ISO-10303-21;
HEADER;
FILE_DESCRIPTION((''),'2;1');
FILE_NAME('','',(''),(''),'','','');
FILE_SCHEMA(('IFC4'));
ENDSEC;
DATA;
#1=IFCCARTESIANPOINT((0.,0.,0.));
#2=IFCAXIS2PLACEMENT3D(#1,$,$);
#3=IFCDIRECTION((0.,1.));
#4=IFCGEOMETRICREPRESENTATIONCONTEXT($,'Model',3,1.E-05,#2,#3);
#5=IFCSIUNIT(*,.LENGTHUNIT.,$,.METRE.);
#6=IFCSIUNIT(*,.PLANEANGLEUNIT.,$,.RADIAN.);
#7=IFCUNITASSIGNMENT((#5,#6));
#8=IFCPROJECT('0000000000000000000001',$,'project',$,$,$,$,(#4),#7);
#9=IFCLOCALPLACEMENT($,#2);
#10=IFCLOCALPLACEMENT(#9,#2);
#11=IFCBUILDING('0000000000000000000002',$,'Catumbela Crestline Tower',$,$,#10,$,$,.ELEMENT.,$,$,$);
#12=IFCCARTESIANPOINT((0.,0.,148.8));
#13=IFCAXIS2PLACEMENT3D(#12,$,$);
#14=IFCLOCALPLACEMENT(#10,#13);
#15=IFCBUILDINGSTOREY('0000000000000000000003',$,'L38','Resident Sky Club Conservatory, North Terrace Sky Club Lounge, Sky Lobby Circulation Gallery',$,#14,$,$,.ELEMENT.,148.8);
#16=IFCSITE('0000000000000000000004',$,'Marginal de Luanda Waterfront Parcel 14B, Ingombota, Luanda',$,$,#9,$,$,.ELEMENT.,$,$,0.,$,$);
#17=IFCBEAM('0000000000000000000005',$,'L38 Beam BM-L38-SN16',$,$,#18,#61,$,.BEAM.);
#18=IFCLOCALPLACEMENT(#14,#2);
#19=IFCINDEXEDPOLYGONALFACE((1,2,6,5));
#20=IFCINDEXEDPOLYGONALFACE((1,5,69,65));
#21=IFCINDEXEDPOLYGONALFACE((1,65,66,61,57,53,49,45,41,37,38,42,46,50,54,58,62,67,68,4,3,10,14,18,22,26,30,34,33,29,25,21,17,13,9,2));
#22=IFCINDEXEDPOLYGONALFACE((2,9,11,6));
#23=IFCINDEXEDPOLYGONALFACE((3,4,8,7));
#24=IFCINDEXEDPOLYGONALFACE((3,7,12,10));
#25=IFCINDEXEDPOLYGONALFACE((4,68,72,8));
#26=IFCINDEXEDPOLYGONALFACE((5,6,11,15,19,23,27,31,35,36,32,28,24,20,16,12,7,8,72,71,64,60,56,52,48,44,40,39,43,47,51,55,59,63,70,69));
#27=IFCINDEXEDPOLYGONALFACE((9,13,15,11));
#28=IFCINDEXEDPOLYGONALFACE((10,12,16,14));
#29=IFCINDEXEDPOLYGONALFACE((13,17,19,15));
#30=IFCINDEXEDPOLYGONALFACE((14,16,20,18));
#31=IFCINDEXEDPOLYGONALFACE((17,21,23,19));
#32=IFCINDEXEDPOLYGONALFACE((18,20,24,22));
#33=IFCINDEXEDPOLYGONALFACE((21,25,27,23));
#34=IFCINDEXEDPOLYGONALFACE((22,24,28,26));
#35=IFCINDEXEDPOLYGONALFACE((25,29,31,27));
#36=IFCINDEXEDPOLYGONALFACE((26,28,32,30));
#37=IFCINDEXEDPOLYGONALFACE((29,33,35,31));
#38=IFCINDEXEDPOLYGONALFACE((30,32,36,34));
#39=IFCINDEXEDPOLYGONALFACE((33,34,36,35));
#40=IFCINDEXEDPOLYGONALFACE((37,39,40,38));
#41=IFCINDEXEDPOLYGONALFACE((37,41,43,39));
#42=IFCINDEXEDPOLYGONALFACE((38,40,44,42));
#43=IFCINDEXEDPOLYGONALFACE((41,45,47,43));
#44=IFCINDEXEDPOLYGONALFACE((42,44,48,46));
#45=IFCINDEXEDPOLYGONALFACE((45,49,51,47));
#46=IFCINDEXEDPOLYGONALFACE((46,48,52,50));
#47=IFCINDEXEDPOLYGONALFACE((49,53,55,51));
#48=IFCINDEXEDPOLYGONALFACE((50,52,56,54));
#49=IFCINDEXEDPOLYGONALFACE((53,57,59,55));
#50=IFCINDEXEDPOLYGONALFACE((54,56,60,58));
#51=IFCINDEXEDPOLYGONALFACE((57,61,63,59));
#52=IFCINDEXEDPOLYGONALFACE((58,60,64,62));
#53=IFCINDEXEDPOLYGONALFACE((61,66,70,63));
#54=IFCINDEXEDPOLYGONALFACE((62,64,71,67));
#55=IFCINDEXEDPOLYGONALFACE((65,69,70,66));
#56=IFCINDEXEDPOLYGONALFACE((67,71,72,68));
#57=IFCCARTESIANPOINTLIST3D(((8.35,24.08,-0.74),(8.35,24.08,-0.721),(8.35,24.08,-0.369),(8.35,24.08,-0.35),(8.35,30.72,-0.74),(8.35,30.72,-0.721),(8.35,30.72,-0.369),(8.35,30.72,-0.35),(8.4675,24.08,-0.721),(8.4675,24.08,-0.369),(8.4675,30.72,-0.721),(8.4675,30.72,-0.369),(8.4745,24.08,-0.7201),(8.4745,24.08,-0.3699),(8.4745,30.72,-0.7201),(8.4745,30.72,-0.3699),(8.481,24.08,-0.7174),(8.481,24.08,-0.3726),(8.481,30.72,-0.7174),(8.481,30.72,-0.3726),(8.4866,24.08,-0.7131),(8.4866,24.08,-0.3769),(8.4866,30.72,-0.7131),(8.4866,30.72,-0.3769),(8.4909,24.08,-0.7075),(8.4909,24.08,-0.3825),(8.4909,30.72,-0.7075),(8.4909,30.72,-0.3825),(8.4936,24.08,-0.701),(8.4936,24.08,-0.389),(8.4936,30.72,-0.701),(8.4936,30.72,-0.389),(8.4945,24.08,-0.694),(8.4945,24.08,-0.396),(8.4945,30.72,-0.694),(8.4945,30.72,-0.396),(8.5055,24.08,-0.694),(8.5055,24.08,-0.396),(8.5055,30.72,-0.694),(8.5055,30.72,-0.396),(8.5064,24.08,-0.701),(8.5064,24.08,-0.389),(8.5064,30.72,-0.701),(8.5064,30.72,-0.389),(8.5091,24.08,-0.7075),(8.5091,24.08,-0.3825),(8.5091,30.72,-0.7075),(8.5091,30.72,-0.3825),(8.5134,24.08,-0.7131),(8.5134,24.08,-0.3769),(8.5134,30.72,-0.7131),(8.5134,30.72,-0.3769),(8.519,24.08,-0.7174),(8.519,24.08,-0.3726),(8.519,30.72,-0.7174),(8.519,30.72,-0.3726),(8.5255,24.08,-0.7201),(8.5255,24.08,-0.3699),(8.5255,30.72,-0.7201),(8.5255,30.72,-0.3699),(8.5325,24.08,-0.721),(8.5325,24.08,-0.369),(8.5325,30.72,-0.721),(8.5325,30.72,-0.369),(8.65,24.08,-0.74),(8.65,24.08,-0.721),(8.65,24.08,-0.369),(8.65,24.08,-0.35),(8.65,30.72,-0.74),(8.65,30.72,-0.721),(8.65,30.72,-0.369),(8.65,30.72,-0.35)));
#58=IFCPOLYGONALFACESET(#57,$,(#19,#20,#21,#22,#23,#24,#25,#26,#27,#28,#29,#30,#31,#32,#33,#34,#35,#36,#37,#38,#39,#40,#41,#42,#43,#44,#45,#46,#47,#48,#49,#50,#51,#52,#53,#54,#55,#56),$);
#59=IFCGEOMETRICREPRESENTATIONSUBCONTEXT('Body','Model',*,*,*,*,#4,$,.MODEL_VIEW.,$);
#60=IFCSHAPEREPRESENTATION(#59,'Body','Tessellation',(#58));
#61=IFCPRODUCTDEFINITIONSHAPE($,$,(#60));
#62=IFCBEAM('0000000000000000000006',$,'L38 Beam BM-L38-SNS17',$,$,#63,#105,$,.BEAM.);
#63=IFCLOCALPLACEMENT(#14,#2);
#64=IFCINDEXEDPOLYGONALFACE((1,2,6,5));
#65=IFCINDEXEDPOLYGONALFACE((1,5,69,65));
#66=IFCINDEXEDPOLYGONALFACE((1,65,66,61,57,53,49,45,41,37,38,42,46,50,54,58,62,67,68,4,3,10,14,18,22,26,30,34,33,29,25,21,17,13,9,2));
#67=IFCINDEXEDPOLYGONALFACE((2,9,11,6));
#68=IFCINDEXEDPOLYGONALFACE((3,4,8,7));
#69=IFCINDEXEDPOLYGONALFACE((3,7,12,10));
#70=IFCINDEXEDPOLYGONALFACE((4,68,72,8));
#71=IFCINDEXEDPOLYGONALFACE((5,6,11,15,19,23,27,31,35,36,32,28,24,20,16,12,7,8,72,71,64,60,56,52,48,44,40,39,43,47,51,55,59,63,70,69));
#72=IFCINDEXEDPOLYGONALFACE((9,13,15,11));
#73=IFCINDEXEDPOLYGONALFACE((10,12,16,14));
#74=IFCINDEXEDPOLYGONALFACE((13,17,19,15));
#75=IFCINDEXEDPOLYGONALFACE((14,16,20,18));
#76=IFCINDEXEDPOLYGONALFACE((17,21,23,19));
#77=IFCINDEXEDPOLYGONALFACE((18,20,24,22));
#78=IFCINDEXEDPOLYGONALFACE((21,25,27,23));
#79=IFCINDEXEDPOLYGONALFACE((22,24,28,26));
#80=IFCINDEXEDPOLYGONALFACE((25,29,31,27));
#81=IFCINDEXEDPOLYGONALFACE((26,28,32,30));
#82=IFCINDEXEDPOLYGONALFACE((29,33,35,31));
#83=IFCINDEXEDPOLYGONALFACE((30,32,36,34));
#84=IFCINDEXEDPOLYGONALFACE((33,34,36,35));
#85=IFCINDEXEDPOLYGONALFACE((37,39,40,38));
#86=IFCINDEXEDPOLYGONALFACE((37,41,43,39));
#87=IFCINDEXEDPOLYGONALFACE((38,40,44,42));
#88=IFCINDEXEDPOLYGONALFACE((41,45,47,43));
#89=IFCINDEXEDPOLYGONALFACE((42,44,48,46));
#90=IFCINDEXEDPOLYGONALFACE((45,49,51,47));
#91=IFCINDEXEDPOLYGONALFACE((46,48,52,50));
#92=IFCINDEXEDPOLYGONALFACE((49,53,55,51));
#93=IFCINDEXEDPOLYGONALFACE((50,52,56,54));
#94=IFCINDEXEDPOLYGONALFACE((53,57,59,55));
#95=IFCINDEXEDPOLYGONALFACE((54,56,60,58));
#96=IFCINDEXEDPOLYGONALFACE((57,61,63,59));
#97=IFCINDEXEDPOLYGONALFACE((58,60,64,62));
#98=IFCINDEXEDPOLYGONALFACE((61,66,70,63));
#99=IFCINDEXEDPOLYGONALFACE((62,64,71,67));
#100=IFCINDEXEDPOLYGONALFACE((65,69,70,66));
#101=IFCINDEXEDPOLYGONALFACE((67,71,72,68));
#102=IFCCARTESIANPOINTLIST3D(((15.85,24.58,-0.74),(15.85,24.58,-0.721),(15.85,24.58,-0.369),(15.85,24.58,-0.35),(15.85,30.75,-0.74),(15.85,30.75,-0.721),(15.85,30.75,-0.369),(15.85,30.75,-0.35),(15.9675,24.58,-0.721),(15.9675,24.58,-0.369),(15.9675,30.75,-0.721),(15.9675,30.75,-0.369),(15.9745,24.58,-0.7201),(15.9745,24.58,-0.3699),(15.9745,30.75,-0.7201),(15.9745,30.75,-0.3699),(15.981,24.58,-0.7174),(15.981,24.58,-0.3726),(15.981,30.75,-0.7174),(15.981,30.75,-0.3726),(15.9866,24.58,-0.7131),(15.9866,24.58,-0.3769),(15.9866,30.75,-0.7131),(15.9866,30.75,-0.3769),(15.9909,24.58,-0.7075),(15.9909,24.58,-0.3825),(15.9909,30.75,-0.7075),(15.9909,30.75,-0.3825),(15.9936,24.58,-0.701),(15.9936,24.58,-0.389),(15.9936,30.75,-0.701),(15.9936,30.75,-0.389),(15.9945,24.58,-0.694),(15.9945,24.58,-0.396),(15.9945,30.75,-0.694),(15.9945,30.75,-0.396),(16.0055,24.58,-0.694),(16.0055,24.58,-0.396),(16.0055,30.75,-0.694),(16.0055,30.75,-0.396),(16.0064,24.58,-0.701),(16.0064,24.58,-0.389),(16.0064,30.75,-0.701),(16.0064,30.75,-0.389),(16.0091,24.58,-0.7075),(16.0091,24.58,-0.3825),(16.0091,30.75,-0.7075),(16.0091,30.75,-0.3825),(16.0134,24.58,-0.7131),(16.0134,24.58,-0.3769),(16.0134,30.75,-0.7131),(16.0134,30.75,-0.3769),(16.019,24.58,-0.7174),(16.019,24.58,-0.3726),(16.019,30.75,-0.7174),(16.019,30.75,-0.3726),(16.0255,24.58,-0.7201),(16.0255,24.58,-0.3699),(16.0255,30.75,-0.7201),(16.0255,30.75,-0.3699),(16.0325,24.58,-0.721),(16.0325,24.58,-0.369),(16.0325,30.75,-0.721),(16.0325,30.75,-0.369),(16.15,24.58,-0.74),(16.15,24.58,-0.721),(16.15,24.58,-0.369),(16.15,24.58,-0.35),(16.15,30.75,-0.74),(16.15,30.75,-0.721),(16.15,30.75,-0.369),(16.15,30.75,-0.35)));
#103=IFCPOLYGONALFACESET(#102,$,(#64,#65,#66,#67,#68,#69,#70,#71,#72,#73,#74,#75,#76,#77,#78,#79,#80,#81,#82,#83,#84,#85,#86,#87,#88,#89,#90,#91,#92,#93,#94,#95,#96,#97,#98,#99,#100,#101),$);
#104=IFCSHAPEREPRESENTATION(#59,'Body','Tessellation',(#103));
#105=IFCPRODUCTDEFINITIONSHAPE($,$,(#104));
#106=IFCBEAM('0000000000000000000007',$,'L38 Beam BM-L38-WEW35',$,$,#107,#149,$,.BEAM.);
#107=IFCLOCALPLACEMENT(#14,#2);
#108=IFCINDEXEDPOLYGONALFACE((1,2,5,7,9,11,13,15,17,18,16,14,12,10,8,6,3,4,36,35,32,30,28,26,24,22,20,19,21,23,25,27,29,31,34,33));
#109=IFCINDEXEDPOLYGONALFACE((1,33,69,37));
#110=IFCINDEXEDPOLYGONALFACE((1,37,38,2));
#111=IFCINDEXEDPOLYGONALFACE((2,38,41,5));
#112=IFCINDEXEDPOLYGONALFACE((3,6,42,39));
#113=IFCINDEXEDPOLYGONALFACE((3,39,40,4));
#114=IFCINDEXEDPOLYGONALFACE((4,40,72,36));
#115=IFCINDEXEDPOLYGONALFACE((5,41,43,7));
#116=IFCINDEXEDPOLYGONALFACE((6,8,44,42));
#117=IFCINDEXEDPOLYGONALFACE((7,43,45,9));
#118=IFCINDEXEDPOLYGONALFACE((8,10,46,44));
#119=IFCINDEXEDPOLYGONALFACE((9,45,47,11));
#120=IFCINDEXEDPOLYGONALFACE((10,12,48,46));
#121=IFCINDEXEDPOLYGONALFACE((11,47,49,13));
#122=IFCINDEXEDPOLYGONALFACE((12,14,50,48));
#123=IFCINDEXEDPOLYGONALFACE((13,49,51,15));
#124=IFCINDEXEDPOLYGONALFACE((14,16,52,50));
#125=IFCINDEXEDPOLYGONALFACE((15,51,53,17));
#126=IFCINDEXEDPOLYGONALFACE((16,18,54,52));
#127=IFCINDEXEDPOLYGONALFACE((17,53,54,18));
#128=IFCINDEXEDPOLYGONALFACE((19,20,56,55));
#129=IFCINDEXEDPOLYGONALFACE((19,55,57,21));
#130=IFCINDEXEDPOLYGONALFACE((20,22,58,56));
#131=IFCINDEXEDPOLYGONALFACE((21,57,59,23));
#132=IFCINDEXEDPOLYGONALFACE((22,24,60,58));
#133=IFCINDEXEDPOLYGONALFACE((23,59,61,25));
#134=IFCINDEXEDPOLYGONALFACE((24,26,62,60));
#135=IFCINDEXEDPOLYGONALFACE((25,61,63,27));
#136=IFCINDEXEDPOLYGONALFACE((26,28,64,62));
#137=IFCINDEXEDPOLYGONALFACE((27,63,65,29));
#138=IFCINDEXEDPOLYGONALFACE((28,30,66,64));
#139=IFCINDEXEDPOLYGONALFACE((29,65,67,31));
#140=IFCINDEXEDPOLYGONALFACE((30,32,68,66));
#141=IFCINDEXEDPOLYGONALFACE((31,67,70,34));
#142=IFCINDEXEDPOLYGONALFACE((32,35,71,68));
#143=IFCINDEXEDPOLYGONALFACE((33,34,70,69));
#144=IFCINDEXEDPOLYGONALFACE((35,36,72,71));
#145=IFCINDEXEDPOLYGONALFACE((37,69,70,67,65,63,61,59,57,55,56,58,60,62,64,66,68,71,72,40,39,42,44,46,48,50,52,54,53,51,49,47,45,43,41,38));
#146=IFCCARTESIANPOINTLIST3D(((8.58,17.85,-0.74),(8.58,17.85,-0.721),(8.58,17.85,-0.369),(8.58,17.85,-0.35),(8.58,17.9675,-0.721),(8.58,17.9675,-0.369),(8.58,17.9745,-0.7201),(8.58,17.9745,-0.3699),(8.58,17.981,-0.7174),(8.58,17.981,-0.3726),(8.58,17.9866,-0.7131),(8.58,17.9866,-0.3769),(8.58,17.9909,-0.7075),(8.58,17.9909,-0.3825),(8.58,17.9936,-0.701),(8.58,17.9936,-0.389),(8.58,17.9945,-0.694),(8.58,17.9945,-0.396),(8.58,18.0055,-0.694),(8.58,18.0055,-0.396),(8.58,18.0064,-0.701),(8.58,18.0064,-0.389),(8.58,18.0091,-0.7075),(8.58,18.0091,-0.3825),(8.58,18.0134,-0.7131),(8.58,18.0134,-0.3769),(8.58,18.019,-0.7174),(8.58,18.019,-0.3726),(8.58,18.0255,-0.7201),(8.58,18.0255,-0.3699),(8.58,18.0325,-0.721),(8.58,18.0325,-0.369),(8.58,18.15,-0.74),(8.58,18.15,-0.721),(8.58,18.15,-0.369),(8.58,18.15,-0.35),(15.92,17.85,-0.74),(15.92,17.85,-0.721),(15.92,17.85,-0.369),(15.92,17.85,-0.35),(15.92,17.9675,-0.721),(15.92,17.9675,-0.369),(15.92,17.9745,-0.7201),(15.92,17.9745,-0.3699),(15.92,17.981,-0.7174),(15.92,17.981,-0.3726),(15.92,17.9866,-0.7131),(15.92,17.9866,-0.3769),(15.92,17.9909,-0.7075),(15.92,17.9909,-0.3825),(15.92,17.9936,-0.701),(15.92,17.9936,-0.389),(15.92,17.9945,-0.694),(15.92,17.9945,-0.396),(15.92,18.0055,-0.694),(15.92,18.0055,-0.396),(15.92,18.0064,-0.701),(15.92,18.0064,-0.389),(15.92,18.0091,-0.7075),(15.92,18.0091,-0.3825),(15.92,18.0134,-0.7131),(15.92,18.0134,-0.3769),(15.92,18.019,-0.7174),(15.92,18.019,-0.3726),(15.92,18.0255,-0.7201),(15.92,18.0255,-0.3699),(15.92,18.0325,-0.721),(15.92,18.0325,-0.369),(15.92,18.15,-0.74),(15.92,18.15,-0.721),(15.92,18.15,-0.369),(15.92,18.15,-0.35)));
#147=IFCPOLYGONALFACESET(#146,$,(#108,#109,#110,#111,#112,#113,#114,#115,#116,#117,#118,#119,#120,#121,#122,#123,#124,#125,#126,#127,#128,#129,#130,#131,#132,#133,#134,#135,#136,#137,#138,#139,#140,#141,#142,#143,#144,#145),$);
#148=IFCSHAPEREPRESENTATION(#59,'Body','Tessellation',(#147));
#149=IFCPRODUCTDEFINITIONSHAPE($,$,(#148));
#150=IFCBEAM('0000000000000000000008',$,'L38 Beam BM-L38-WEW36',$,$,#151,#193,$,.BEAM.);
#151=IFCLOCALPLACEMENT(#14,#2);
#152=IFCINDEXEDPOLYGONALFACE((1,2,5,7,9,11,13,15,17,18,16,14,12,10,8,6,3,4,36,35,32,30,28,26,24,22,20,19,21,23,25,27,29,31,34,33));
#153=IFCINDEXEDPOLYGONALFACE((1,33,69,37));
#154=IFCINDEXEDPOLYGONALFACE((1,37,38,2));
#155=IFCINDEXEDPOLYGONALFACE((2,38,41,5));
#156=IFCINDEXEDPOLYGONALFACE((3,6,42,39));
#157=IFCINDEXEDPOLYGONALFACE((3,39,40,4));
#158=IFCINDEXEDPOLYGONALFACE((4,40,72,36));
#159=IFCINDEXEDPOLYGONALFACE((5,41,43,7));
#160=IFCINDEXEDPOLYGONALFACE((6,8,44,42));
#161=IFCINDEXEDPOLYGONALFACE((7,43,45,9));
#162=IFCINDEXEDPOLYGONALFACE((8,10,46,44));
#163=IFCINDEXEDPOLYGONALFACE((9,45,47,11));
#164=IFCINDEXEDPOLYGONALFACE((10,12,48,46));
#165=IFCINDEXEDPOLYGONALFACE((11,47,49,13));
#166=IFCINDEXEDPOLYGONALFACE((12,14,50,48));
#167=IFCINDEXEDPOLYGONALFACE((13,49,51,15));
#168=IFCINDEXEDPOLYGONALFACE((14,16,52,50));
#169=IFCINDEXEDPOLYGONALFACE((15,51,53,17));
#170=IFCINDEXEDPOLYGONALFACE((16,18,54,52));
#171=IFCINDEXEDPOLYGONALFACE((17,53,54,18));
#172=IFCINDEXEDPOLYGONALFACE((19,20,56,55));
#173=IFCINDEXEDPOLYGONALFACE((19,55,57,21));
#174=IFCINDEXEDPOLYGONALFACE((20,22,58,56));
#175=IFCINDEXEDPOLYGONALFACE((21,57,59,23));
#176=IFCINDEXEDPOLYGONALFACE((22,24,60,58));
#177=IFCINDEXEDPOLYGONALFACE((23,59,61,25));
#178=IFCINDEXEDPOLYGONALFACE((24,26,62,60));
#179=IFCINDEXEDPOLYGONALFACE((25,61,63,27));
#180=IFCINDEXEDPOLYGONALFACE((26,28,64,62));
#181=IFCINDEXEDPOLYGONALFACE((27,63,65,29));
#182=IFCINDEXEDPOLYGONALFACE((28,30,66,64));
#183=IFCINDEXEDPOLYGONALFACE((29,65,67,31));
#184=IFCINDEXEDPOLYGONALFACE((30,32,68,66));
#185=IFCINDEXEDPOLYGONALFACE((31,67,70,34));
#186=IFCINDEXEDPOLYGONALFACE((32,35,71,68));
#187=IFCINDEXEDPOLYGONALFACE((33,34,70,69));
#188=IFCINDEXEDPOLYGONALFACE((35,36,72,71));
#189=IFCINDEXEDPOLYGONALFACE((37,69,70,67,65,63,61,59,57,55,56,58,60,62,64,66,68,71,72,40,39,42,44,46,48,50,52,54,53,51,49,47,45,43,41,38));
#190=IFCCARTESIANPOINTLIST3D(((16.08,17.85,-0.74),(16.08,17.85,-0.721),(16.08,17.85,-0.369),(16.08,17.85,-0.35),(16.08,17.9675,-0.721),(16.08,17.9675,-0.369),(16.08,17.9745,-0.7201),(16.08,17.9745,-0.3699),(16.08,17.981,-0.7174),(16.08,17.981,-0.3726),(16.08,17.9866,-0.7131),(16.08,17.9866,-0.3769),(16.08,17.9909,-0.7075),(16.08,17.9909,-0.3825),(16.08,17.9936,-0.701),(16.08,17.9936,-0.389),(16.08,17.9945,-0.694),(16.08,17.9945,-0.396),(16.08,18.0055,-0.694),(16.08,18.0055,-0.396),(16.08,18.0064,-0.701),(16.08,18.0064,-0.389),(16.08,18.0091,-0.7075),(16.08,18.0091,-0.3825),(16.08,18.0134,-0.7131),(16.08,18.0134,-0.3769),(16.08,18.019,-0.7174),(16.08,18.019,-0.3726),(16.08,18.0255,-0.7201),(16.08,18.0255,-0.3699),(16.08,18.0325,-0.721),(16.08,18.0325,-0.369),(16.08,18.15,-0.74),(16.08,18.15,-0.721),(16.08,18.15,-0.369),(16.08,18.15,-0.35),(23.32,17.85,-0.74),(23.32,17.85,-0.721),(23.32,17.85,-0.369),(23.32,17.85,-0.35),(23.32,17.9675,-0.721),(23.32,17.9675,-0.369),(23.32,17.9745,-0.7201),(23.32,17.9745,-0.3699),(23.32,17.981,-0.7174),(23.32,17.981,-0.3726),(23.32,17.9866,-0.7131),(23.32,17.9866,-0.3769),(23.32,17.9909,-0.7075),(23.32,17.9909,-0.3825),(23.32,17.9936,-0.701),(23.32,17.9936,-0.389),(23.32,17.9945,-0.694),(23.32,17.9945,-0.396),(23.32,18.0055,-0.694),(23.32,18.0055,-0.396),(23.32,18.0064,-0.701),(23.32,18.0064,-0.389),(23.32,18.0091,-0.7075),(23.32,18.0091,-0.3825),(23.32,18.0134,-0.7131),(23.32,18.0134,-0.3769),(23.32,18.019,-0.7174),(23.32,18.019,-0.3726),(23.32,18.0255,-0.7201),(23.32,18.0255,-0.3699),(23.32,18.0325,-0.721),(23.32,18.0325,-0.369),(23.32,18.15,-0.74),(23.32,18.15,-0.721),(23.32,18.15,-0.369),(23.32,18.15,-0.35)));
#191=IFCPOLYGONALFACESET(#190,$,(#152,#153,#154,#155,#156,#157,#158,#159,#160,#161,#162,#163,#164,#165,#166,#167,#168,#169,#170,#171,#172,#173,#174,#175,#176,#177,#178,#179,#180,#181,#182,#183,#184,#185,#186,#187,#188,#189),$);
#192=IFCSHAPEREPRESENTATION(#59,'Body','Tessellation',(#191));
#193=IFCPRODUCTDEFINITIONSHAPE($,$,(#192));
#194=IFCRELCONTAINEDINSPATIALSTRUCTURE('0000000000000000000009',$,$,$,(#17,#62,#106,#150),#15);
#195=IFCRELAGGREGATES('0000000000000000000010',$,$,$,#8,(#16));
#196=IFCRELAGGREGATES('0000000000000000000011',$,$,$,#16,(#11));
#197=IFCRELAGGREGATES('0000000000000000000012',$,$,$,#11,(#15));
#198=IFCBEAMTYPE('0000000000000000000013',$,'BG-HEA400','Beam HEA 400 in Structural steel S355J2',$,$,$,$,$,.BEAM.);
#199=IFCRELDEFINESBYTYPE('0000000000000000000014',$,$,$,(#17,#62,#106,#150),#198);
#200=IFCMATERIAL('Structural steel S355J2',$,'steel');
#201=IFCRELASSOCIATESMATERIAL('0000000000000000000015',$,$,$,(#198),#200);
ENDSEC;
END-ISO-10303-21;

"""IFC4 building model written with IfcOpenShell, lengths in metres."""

from ifc_helpers import new_model, si_unit, direction, frame, origin, origin_2d, place, context, subcontext, project, spatial, i_section, extrude, material, material_profile, profile_set, type_object, element, save


model = new_model("IFC4")

# Units and contexts
model_context = context("Model", 3, precision=1e-05, world=origin(), true_north=direction((0.0, 1.0)))
body_context = subcontext(model_context, "Body", "Model", "MODEL_VIEW")
ifc_project = project(units=[si_unit("LENGTHUNIT", "METRE"), si_unit("PLANEANGLEUNIT", "RADIAN")], contexts=[model_context])

# Site, building, storey
site_placement = place(None, origin())
site = spatial("IfcSite", under=ifc_project, at=site_placement, Name="Marginal de Luanda Waterfront Parcel 14B, Ingombota, Luanda", CompositionType="ELEMENT", RefElevation=0.0)
building_placement = place(site_placement, origin())
building = spatial("IfcBuilding", under=site, at=building_placement, Name="Catumbela Crestline Tower", CompositionType="ELEMENT")
storey_placement = place(building_placement, frame((0.0, 0.0, 148.8)))
storey = spatial("IfcBuildingStorey", under=building, at=storey_placement, Name="L38", Description="Resident Sky Club Conservatory, North Terrace Sky Club Lounge, Sky Lobby Circulation Gallery", CompositionType="ELEMENT", Elevation=148.8)

# Beams
ifc_material_1 = material(Name="Structural steel S355J2", Category="steel")
ifc_material_profile_1 = material_profile(ifc_material_1, i_section(OverallWidth=0.3, OverallDepth=0.39, WebThickness=0.011, FlangeThickness=0.019, FilletRadius=0.027, at=origin_2d()), Name="HEA 400")
ifc_profile_set_1 = profile_set([ifc_material_profile_1], Name="Structural steel S355J2")
beam_type_1 = type_object("IfcBeamType", Name="BG-HEA400", Description="Beam HEA 400 in Structural steel S355J2", PredefinedType="BEAM", material=ifc_profile_set_1)
beam_1_placement = place(storey_placement, frame((8.5, 24.08, -0.545), z_axis=(0.0, 1.0, 0.0), x_axis=(-1.0, 0.0, 0.0)))
element("IfcBeam", 1, at=beam_1_placement, inside=storey, type_object=beam_type_1, Name="L38 Beam BM-L38-SN16", PredefinedType="BEAM", context=body_context, shape_type="SweptSolid", body=[
    extrude(i_section(OverallWidth=0.3, OverallDepth=0.39, WebThickness=0.011, FlangeThickness=0.019, FilletRadius=0.027, at=origin_2d()), origin(), (0.0, 0.0, 1.0), 6.64),
])
beam_2_placement = place(storey_placement, frame((16.0, 24.58, -0.545), z_axis=(0.0, 1.0, 0.0), x_axis=(-1.0, 0.0, 0.0)))
element("IfcBeam", 2, at=beam_2_placement, inside=storey, type_object=beam_type_1, Name="L38 Beam BM-L38-SNS17", PredefinedType="BEAM", context=body_context, shape_type="SweptSolid", body=[
    extrude(i_section(OverallWidth=0.3, OverallDepth=0.39, WebThickness=0.011, FlangeThickness=0.019, FilletRadius=0.027, at=origin_2d()), origin(), (0.0, 0.0, 1.0), 6.17),
])
beam_3_placement = place(storey_placement, frame((8.58, 18.0, -0.545), z_axis=(1.0, 0.0, 0.0), x_axis=(0.0, 1.0, 0.0)))
element("IfcBeam", 3, at=beam_3_placement, inside=storey, type_object=beam_type_1, Name="L38 Beam BM-L38-WEW35", PredefinedType="BEAM", context=body_context, shape_type="SweptSolid", body=[
    extrude(i_section(OverallWidth=0.3, OverallDepth=0.39, WebThickness=0.011, FlangeThickness=0.019, FilletRadius=0.027, at=origin_2d()), origin(), (0.0, 0.0, 1.0), 7.34),
])
beam_4_placement = place(storey_placement, frame((16.08, 18.0, -0.545), z_axis=(1.0, 0.0, 0.0), x_axis=(0.0, 1.0, 0.0)))
element("IfcBeam", 4, at=beam_4_placement, inside=storey, type_object=beam_type_1, Name="L38 Beam BM-L38-WEW36", PredefinedType="BEAM", context=body_context, shape_type="SweptSolid", body=[
    extrude(i_section(OverallWidth=0.3, OverallDepth=0.39, WebThickness=0.011, FlangeThickness=0.019, FilletRadius=0.027, at=origin_2d()), origin(), (0.0, 0.0, 1.0), 7.24),
])

save(model, "model.ifc")
